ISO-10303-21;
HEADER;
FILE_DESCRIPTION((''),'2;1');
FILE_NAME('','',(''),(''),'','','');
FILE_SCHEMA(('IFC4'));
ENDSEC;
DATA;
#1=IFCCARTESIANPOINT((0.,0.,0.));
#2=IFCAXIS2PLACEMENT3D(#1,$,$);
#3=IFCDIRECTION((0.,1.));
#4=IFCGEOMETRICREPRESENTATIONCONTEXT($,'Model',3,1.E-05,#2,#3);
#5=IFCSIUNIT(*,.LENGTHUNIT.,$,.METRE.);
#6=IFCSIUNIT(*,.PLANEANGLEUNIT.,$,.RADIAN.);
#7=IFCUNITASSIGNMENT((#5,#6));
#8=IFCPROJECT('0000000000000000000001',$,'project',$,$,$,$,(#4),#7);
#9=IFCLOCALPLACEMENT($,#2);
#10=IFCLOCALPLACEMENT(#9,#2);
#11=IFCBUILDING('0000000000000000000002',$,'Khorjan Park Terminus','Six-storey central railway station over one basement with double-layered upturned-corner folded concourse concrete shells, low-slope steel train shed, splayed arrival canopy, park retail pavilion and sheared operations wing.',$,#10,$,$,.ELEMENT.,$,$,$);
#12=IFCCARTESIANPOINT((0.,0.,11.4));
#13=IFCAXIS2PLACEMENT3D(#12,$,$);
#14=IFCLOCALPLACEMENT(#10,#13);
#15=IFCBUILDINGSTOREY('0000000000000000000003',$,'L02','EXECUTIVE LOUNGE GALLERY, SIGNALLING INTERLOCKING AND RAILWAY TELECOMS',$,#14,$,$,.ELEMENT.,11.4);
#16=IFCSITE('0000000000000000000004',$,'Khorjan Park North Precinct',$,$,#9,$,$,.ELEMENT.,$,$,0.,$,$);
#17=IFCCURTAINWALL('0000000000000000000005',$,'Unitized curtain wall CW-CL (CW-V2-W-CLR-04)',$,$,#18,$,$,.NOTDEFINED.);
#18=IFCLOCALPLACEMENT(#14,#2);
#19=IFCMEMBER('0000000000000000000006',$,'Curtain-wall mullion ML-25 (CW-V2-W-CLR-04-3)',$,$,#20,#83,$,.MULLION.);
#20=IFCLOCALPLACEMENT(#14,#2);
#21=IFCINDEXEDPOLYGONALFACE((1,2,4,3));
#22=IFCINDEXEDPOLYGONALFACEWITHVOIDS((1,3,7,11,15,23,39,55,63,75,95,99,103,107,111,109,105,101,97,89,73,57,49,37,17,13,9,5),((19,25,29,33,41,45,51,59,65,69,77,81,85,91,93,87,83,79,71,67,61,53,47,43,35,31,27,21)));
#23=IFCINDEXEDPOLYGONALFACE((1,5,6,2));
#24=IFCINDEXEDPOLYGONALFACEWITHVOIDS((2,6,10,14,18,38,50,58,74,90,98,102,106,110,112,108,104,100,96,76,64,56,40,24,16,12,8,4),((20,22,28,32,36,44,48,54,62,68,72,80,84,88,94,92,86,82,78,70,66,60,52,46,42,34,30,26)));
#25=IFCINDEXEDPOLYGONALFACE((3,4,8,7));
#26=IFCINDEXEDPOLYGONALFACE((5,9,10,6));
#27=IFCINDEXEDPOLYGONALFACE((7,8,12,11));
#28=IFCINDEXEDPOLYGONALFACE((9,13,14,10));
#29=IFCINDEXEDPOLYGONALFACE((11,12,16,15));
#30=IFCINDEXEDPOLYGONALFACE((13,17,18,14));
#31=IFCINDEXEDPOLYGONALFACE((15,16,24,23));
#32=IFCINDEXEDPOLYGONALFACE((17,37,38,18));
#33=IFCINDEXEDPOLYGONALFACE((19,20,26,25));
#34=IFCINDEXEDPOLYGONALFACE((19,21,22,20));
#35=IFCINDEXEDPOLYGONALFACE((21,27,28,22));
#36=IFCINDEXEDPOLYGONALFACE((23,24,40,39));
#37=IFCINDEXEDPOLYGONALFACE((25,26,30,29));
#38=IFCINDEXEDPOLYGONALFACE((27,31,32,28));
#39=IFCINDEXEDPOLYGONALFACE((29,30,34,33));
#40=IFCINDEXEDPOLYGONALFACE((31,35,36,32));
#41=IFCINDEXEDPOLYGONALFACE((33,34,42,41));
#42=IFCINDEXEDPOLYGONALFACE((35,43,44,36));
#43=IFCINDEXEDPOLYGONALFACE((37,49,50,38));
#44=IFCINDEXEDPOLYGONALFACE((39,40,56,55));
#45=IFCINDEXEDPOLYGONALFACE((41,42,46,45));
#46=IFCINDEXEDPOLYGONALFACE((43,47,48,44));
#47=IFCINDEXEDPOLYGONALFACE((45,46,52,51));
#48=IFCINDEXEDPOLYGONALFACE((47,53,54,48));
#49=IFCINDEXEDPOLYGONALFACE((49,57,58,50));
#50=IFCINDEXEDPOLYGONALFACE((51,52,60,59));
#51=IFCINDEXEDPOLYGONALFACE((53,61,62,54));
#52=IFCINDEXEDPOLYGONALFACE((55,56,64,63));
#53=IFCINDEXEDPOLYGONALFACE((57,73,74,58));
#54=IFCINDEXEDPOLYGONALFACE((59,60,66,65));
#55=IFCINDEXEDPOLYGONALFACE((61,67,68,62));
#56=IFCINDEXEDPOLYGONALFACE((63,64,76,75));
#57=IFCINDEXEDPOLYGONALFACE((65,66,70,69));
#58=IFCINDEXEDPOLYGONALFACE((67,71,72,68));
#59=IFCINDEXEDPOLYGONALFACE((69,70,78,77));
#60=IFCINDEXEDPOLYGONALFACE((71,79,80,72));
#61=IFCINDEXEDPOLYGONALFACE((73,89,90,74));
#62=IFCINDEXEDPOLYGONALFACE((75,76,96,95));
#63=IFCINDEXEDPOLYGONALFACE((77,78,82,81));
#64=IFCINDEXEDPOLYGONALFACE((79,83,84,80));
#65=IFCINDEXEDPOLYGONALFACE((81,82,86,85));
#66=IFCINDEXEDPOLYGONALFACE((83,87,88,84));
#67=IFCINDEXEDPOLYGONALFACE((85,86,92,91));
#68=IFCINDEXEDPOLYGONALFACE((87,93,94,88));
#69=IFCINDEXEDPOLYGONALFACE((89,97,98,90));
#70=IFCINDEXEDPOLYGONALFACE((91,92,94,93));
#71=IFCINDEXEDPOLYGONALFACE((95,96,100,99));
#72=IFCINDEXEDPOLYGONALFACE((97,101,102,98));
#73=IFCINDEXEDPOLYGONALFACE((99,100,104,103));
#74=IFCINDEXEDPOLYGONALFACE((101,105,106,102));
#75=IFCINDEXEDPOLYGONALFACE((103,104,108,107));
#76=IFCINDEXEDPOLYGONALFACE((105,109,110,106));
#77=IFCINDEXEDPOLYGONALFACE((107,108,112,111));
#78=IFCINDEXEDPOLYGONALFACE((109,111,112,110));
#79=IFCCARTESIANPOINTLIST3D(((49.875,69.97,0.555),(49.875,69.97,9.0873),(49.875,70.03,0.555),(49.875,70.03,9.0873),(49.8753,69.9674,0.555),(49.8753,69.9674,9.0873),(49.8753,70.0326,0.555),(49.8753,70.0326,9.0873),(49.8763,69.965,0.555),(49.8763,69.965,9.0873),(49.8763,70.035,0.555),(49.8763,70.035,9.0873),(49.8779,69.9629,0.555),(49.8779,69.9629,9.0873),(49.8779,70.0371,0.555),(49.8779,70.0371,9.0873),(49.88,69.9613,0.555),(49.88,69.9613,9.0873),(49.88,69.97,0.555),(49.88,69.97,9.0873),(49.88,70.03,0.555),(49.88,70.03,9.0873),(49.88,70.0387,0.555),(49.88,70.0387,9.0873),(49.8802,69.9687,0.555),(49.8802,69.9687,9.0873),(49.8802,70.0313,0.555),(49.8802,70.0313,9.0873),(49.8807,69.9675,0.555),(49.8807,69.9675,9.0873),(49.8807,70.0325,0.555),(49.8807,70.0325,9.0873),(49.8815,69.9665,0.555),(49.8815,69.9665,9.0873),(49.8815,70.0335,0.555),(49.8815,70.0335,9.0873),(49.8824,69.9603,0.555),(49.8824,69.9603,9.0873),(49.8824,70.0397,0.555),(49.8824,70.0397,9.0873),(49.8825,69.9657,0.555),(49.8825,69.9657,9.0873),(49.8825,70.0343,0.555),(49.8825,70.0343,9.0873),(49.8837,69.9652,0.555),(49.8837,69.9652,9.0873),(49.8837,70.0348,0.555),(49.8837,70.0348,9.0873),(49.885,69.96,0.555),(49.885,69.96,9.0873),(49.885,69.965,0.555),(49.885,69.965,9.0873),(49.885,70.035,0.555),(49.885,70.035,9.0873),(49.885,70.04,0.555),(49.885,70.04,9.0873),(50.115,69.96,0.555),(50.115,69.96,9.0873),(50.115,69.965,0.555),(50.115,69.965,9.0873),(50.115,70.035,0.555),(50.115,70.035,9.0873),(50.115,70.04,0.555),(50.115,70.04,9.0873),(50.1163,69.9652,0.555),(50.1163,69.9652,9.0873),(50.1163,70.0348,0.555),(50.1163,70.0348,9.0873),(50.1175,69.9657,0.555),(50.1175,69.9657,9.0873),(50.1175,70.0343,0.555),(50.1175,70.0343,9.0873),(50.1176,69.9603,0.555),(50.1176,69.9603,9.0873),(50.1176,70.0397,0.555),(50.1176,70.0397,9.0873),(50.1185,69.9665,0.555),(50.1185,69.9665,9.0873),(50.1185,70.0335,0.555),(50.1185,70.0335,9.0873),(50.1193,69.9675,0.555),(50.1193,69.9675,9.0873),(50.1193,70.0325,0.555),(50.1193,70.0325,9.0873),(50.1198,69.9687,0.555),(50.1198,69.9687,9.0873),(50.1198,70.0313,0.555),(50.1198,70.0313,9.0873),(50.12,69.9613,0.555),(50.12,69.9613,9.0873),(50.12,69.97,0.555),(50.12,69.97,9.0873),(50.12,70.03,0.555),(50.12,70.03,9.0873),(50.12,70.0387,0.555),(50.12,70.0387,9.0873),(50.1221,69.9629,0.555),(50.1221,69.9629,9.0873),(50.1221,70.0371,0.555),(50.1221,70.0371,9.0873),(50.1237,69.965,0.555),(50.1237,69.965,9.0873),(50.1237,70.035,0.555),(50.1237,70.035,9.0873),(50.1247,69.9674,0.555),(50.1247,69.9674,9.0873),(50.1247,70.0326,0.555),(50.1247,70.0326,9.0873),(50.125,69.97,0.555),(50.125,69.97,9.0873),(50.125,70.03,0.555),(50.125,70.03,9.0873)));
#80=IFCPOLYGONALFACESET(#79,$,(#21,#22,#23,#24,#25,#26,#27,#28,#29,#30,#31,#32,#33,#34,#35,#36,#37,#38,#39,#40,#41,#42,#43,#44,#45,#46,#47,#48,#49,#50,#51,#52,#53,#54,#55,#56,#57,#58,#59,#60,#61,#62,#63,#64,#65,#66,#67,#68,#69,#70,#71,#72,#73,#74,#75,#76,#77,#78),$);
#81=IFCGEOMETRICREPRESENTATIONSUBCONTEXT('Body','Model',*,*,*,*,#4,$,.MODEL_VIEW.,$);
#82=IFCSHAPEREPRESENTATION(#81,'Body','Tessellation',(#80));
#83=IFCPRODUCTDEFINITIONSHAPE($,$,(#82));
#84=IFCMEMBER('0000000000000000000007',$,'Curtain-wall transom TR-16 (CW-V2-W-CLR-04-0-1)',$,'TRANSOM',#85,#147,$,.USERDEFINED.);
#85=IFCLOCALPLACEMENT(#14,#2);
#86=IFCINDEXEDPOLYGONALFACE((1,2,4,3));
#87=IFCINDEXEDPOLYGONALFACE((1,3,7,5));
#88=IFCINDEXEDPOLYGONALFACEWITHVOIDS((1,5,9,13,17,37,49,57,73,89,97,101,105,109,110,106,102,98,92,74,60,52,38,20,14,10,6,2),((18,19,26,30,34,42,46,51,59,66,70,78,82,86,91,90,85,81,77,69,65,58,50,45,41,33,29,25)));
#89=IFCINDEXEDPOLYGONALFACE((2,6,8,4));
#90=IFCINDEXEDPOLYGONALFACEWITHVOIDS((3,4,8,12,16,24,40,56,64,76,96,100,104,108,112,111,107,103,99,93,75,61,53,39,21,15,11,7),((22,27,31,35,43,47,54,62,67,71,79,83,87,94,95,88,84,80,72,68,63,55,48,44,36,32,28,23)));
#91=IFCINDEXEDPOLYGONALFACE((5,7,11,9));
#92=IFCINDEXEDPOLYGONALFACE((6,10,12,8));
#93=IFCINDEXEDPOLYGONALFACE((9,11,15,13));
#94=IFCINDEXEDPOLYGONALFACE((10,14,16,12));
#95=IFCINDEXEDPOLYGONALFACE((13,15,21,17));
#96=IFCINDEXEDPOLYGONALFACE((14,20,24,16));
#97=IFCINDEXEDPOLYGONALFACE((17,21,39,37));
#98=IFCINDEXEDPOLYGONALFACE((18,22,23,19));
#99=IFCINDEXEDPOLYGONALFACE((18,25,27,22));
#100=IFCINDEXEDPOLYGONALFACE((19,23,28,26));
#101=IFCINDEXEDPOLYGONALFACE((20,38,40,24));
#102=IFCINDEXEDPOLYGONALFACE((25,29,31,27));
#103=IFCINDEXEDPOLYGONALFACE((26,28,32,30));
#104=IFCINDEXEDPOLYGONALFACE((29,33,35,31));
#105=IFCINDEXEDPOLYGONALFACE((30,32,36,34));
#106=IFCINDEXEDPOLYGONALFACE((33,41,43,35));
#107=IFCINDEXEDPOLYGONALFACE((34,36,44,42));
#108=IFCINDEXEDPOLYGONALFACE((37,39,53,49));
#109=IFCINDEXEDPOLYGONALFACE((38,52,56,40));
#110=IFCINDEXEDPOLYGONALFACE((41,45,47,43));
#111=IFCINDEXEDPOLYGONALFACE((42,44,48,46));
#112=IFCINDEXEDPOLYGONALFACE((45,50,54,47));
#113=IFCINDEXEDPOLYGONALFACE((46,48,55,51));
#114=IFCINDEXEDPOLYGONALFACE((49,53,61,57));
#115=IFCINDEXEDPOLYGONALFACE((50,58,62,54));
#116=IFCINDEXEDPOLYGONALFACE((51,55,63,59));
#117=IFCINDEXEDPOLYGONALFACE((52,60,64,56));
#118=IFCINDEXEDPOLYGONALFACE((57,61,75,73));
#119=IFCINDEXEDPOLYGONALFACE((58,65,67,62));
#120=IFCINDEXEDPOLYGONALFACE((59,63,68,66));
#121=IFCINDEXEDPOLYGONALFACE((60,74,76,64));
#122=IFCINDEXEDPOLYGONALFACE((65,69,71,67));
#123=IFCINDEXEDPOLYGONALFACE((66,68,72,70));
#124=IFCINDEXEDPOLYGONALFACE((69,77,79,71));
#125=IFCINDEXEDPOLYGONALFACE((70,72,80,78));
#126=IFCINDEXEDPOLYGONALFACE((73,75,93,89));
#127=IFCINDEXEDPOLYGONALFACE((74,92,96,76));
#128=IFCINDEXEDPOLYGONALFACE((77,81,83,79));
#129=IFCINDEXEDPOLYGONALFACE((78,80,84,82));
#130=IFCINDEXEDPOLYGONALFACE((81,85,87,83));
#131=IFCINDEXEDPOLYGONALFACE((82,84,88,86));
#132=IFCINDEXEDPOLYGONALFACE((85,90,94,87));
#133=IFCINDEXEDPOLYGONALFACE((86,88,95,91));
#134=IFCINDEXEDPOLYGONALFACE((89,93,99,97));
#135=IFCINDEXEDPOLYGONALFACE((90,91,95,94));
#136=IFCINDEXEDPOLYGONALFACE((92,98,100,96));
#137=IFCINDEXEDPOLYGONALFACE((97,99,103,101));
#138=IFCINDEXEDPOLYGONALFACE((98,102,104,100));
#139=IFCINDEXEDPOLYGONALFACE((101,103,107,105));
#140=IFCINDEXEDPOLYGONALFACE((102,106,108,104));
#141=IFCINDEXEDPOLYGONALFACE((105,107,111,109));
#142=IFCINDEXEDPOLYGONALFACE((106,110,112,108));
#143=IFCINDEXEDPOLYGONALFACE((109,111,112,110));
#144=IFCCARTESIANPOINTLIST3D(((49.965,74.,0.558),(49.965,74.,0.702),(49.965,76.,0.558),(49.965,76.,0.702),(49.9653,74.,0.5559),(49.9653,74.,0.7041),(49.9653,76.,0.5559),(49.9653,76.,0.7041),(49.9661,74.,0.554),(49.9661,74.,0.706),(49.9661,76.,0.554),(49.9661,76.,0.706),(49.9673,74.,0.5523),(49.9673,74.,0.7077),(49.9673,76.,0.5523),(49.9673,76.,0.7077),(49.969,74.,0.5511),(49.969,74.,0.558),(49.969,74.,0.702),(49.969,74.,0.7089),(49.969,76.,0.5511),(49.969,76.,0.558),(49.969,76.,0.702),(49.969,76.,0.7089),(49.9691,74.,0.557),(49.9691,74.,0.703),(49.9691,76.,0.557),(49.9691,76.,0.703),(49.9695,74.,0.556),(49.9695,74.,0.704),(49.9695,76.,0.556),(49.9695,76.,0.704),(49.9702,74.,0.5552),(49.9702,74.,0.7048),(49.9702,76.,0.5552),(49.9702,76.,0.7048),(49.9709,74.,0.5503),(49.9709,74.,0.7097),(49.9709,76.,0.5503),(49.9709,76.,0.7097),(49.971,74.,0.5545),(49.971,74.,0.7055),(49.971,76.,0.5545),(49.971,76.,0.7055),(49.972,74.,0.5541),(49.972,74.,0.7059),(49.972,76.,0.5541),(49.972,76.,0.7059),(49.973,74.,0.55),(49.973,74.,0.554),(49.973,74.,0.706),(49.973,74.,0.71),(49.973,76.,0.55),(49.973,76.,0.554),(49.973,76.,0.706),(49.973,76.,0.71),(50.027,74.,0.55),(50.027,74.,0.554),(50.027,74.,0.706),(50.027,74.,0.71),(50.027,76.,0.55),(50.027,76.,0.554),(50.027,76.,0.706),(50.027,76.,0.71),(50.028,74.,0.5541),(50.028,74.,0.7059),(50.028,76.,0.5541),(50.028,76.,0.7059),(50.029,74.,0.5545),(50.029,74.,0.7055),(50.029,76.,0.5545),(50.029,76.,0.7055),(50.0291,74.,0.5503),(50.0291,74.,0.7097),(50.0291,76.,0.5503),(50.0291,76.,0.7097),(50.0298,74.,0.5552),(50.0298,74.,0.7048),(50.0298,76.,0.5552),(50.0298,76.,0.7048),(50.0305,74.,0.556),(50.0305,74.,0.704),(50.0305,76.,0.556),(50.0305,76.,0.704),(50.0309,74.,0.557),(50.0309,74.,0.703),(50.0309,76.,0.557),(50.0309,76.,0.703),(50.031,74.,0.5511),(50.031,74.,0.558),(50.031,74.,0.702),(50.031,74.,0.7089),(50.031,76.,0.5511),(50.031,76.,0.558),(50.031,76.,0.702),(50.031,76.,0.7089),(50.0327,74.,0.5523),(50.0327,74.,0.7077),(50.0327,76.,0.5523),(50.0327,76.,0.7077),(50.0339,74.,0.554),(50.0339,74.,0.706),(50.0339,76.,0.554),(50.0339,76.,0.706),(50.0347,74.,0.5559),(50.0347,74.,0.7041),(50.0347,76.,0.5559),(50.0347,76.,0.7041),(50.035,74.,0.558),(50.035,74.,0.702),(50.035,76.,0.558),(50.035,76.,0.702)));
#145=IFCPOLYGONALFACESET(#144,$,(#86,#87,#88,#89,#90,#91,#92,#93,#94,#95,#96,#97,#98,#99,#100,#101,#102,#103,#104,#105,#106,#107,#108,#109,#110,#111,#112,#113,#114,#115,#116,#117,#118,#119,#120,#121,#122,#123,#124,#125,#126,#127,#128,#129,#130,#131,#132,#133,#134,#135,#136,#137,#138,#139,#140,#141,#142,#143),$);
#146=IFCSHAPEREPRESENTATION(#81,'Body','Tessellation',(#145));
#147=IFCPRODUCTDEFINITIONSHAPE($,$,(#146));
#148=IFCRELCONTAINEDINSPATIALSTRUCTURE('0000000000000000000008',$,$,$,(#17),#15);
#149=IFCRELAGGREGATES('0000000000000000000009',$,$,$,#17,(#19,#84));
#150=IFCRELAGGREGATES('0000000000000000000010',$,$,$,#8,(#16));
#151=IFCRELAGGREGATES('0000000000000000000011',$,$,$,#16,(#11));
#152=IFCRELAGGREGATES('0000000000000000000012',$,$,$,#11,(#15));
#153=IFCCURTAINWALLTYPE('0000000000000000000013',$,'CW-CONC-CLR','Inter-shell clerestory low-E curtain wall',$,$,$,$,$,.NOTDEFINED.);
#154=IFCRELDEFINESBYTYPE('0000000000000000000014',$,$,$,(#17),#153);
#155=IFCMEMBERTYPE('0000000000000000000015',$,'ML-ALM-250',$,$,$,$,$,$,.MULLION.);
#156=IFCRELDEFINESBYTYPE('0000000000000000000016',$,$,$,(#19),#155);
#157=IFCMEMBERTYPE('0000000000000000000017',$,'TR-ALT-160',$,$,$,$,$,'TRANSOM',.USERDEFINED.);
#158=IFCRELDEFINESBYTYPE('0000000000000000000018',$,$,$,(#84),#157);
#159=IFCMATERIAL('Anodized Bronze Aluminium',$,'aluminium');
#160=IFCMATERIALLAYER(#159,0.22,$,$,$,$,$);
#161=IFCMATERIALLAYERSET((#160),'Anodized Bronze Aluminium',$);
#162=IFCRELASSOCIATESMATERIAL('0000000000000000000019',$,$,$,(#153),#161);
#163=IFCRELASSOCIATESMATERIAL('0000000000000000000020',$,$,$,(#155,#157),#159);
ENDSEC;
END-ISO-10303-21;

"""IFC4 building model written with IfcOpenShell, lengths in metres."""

from ifc_helpers import new_model, si_unit, direction, frame, origin, origin_2d, place, context, subcontext, project, spatial, hollow_rectangle, extrude, material, layer, layer_set, material_profile, profile_set, type_object, element, aggregate, save


model = new_model("IFC4")

# Units and contexts
model_context = context("Model", 3, precision=1e-05, world=origin(), true_north=direction((0.0, 1.0)))
body_context = subcontext(model_context, "Body", "Model", "MODEL_VIEW")
ifc_project = project(units=[si_unit("LENGTHUNIT", "METRE"), si_unit("PLANEANGLEUNIT", "RADIAN")], contexts=[model_context])

# Site, building, storey
site_placement = place(None, origin())
site = spatial("IfcSite", under=ifc_project, at=site_placement, Name="Khorjan Park North Precinct", CompositionType="ELEMENT", RefElevation=0.0)
building_placement = place(site_placement, origin())
building = spatial("IfcBuilding", under=site, at=building_placement, Name="Khorjan Park Terminus", Description="Six-storey central railway station over one basement with double-layered upturned-corner folded concourse concrete shells, low-slope steel train shed, splayed arrival canopy, park retail pavilion and sheared operations wing.", CompositionType="ELEMENT")
storey_placement = place(building_placement, frame((0.0, 0.0, 11.4)))
storey = spatial("IfcBuildingStorey", under=building, at=storey_placement, Name="L02", Description="EXECUTIVE LOUNGE GALLERY, SIGNALLING INTERLOCKING AND RAILWAY TELECOMS", CompositionType="ELEMENT", Elevation=11.4)

# Curtain wall, members
ifc_material_1 = material(Name="Anodized Bronze Aluminium", Category="aluminium")
ifc_layer_1 = layer(ifc_material_1, 0.22)
ifc_layer_set_1 = layer_set([ifc_layer_1], Name="Anodized Bronze Aluminium")
curtain_wall_type = type_object("IfcCurtainWallType", Name="CW-CONC-CLR", Description="Inter-shell clerestory low-E curtain wall", PredefinedType="NOTDEFINED", material=ifc_layer_set_1)
curtain_wall_1_placement = place(storey_placement, origin())
curtain_wall_1 = element("IfcCurtainWall", 1, at=curtain_wall_1_placement, inside=storey, type_object=curtain_wall_type, Name="Unitized curtain wall CW-CL (CW-V2-W-CLR-04)", PredefinedType="NOTDEFINED")
ifc_material_profile_1 = material_profile(ifc_material_1, hollow_rectangle(XDim=0.08, YDim=0.25, WallThickness=0.005, InnerFilletRadius=0.005, OuterFilletRadius=0.01, at=origin_2d()), Name="ALM 80x250x5")
ifc_profile_set_1 = profile_set([ifc_material_profile_1], Name="Anodized Bronze Aluminium")
member_type_1 = type_object("IfcMemberType", Name="ML-ALM-250", PredefinedType="MULLION", material=ifc_profile_set_1)
member_1_placement = place(storey_placement, frame((50.0, 70.0, 0.555), z_axis=(0.0, 0.0, 1.0), x_axis=(0.0, -1.0, 0.0)))
member_1 = element("IfcMember", 2, at=member_1_placement, type_object=member_type_1, Name="Curtain-wall mullion ML-25 (CW-V2-W-CLR-04-3)", PredefinedType="MULLION", context=body_context, shape_type="SweptSolid", body=[
    extrude(hollow_rectangle(XDim=0.08, YDim=0.25, WallThickness=0.005, InnerFilletRadius=0.005, OuterFilletRadius=0.01, at=origin_2d()), origin(), (0.0, 0.0, 1.0), 8.5323),
])
ifc_material_profile_2 = material_profile(ifc_material_1, hollow_rectangle(XDim=0.07, YDim=0.16, WallThickness=0.004, InnerFilletRadius=0.004, OuterFilletRadius=0.008, at=origin_2d()), Name="ALT 70x160x4")
ifc_profile_set_2 = profile_set([ifc_material_profile_2], Name="Anodized Bronze Aluminium")
member_type_2 = type_object("IfcMemberType", Name="TR-ALT-160", ElementType="TRANSOM", PredefinedType="USERDEFINED", material=ifc_profile_set_2)
member_2_placement = place(storey_placement, frame((50.0, 76.0, 0.63), z_axis=(0.0, -1.0, 0.0), x_axis=(1.0, 0.0, 0.0)))
member_2 = element("IfcMember", 3, at=member_2_placement, type_object=member_type_2, Name="Curtain-wall transom TR-16 (CW-V2-W-CLR-04-0-1)", ObjectType="TRANSOM", PredefinedType="USERDEFINED", context=body_context, shape_type="SweptSolid", body=[
    extrude(hollow_rectangle(XDim=0.07, YDim=0.16, WallThickness=0.004, InnerFilletRadius=0.004, OuterFilletRadius=0.008, at=origin_2d()), origin(), (0.0, 0.0, 1.0), 2.0),
])

aggregate(curtain_wall_1, [member_1, member_2])

save(model, "model.ifc")
